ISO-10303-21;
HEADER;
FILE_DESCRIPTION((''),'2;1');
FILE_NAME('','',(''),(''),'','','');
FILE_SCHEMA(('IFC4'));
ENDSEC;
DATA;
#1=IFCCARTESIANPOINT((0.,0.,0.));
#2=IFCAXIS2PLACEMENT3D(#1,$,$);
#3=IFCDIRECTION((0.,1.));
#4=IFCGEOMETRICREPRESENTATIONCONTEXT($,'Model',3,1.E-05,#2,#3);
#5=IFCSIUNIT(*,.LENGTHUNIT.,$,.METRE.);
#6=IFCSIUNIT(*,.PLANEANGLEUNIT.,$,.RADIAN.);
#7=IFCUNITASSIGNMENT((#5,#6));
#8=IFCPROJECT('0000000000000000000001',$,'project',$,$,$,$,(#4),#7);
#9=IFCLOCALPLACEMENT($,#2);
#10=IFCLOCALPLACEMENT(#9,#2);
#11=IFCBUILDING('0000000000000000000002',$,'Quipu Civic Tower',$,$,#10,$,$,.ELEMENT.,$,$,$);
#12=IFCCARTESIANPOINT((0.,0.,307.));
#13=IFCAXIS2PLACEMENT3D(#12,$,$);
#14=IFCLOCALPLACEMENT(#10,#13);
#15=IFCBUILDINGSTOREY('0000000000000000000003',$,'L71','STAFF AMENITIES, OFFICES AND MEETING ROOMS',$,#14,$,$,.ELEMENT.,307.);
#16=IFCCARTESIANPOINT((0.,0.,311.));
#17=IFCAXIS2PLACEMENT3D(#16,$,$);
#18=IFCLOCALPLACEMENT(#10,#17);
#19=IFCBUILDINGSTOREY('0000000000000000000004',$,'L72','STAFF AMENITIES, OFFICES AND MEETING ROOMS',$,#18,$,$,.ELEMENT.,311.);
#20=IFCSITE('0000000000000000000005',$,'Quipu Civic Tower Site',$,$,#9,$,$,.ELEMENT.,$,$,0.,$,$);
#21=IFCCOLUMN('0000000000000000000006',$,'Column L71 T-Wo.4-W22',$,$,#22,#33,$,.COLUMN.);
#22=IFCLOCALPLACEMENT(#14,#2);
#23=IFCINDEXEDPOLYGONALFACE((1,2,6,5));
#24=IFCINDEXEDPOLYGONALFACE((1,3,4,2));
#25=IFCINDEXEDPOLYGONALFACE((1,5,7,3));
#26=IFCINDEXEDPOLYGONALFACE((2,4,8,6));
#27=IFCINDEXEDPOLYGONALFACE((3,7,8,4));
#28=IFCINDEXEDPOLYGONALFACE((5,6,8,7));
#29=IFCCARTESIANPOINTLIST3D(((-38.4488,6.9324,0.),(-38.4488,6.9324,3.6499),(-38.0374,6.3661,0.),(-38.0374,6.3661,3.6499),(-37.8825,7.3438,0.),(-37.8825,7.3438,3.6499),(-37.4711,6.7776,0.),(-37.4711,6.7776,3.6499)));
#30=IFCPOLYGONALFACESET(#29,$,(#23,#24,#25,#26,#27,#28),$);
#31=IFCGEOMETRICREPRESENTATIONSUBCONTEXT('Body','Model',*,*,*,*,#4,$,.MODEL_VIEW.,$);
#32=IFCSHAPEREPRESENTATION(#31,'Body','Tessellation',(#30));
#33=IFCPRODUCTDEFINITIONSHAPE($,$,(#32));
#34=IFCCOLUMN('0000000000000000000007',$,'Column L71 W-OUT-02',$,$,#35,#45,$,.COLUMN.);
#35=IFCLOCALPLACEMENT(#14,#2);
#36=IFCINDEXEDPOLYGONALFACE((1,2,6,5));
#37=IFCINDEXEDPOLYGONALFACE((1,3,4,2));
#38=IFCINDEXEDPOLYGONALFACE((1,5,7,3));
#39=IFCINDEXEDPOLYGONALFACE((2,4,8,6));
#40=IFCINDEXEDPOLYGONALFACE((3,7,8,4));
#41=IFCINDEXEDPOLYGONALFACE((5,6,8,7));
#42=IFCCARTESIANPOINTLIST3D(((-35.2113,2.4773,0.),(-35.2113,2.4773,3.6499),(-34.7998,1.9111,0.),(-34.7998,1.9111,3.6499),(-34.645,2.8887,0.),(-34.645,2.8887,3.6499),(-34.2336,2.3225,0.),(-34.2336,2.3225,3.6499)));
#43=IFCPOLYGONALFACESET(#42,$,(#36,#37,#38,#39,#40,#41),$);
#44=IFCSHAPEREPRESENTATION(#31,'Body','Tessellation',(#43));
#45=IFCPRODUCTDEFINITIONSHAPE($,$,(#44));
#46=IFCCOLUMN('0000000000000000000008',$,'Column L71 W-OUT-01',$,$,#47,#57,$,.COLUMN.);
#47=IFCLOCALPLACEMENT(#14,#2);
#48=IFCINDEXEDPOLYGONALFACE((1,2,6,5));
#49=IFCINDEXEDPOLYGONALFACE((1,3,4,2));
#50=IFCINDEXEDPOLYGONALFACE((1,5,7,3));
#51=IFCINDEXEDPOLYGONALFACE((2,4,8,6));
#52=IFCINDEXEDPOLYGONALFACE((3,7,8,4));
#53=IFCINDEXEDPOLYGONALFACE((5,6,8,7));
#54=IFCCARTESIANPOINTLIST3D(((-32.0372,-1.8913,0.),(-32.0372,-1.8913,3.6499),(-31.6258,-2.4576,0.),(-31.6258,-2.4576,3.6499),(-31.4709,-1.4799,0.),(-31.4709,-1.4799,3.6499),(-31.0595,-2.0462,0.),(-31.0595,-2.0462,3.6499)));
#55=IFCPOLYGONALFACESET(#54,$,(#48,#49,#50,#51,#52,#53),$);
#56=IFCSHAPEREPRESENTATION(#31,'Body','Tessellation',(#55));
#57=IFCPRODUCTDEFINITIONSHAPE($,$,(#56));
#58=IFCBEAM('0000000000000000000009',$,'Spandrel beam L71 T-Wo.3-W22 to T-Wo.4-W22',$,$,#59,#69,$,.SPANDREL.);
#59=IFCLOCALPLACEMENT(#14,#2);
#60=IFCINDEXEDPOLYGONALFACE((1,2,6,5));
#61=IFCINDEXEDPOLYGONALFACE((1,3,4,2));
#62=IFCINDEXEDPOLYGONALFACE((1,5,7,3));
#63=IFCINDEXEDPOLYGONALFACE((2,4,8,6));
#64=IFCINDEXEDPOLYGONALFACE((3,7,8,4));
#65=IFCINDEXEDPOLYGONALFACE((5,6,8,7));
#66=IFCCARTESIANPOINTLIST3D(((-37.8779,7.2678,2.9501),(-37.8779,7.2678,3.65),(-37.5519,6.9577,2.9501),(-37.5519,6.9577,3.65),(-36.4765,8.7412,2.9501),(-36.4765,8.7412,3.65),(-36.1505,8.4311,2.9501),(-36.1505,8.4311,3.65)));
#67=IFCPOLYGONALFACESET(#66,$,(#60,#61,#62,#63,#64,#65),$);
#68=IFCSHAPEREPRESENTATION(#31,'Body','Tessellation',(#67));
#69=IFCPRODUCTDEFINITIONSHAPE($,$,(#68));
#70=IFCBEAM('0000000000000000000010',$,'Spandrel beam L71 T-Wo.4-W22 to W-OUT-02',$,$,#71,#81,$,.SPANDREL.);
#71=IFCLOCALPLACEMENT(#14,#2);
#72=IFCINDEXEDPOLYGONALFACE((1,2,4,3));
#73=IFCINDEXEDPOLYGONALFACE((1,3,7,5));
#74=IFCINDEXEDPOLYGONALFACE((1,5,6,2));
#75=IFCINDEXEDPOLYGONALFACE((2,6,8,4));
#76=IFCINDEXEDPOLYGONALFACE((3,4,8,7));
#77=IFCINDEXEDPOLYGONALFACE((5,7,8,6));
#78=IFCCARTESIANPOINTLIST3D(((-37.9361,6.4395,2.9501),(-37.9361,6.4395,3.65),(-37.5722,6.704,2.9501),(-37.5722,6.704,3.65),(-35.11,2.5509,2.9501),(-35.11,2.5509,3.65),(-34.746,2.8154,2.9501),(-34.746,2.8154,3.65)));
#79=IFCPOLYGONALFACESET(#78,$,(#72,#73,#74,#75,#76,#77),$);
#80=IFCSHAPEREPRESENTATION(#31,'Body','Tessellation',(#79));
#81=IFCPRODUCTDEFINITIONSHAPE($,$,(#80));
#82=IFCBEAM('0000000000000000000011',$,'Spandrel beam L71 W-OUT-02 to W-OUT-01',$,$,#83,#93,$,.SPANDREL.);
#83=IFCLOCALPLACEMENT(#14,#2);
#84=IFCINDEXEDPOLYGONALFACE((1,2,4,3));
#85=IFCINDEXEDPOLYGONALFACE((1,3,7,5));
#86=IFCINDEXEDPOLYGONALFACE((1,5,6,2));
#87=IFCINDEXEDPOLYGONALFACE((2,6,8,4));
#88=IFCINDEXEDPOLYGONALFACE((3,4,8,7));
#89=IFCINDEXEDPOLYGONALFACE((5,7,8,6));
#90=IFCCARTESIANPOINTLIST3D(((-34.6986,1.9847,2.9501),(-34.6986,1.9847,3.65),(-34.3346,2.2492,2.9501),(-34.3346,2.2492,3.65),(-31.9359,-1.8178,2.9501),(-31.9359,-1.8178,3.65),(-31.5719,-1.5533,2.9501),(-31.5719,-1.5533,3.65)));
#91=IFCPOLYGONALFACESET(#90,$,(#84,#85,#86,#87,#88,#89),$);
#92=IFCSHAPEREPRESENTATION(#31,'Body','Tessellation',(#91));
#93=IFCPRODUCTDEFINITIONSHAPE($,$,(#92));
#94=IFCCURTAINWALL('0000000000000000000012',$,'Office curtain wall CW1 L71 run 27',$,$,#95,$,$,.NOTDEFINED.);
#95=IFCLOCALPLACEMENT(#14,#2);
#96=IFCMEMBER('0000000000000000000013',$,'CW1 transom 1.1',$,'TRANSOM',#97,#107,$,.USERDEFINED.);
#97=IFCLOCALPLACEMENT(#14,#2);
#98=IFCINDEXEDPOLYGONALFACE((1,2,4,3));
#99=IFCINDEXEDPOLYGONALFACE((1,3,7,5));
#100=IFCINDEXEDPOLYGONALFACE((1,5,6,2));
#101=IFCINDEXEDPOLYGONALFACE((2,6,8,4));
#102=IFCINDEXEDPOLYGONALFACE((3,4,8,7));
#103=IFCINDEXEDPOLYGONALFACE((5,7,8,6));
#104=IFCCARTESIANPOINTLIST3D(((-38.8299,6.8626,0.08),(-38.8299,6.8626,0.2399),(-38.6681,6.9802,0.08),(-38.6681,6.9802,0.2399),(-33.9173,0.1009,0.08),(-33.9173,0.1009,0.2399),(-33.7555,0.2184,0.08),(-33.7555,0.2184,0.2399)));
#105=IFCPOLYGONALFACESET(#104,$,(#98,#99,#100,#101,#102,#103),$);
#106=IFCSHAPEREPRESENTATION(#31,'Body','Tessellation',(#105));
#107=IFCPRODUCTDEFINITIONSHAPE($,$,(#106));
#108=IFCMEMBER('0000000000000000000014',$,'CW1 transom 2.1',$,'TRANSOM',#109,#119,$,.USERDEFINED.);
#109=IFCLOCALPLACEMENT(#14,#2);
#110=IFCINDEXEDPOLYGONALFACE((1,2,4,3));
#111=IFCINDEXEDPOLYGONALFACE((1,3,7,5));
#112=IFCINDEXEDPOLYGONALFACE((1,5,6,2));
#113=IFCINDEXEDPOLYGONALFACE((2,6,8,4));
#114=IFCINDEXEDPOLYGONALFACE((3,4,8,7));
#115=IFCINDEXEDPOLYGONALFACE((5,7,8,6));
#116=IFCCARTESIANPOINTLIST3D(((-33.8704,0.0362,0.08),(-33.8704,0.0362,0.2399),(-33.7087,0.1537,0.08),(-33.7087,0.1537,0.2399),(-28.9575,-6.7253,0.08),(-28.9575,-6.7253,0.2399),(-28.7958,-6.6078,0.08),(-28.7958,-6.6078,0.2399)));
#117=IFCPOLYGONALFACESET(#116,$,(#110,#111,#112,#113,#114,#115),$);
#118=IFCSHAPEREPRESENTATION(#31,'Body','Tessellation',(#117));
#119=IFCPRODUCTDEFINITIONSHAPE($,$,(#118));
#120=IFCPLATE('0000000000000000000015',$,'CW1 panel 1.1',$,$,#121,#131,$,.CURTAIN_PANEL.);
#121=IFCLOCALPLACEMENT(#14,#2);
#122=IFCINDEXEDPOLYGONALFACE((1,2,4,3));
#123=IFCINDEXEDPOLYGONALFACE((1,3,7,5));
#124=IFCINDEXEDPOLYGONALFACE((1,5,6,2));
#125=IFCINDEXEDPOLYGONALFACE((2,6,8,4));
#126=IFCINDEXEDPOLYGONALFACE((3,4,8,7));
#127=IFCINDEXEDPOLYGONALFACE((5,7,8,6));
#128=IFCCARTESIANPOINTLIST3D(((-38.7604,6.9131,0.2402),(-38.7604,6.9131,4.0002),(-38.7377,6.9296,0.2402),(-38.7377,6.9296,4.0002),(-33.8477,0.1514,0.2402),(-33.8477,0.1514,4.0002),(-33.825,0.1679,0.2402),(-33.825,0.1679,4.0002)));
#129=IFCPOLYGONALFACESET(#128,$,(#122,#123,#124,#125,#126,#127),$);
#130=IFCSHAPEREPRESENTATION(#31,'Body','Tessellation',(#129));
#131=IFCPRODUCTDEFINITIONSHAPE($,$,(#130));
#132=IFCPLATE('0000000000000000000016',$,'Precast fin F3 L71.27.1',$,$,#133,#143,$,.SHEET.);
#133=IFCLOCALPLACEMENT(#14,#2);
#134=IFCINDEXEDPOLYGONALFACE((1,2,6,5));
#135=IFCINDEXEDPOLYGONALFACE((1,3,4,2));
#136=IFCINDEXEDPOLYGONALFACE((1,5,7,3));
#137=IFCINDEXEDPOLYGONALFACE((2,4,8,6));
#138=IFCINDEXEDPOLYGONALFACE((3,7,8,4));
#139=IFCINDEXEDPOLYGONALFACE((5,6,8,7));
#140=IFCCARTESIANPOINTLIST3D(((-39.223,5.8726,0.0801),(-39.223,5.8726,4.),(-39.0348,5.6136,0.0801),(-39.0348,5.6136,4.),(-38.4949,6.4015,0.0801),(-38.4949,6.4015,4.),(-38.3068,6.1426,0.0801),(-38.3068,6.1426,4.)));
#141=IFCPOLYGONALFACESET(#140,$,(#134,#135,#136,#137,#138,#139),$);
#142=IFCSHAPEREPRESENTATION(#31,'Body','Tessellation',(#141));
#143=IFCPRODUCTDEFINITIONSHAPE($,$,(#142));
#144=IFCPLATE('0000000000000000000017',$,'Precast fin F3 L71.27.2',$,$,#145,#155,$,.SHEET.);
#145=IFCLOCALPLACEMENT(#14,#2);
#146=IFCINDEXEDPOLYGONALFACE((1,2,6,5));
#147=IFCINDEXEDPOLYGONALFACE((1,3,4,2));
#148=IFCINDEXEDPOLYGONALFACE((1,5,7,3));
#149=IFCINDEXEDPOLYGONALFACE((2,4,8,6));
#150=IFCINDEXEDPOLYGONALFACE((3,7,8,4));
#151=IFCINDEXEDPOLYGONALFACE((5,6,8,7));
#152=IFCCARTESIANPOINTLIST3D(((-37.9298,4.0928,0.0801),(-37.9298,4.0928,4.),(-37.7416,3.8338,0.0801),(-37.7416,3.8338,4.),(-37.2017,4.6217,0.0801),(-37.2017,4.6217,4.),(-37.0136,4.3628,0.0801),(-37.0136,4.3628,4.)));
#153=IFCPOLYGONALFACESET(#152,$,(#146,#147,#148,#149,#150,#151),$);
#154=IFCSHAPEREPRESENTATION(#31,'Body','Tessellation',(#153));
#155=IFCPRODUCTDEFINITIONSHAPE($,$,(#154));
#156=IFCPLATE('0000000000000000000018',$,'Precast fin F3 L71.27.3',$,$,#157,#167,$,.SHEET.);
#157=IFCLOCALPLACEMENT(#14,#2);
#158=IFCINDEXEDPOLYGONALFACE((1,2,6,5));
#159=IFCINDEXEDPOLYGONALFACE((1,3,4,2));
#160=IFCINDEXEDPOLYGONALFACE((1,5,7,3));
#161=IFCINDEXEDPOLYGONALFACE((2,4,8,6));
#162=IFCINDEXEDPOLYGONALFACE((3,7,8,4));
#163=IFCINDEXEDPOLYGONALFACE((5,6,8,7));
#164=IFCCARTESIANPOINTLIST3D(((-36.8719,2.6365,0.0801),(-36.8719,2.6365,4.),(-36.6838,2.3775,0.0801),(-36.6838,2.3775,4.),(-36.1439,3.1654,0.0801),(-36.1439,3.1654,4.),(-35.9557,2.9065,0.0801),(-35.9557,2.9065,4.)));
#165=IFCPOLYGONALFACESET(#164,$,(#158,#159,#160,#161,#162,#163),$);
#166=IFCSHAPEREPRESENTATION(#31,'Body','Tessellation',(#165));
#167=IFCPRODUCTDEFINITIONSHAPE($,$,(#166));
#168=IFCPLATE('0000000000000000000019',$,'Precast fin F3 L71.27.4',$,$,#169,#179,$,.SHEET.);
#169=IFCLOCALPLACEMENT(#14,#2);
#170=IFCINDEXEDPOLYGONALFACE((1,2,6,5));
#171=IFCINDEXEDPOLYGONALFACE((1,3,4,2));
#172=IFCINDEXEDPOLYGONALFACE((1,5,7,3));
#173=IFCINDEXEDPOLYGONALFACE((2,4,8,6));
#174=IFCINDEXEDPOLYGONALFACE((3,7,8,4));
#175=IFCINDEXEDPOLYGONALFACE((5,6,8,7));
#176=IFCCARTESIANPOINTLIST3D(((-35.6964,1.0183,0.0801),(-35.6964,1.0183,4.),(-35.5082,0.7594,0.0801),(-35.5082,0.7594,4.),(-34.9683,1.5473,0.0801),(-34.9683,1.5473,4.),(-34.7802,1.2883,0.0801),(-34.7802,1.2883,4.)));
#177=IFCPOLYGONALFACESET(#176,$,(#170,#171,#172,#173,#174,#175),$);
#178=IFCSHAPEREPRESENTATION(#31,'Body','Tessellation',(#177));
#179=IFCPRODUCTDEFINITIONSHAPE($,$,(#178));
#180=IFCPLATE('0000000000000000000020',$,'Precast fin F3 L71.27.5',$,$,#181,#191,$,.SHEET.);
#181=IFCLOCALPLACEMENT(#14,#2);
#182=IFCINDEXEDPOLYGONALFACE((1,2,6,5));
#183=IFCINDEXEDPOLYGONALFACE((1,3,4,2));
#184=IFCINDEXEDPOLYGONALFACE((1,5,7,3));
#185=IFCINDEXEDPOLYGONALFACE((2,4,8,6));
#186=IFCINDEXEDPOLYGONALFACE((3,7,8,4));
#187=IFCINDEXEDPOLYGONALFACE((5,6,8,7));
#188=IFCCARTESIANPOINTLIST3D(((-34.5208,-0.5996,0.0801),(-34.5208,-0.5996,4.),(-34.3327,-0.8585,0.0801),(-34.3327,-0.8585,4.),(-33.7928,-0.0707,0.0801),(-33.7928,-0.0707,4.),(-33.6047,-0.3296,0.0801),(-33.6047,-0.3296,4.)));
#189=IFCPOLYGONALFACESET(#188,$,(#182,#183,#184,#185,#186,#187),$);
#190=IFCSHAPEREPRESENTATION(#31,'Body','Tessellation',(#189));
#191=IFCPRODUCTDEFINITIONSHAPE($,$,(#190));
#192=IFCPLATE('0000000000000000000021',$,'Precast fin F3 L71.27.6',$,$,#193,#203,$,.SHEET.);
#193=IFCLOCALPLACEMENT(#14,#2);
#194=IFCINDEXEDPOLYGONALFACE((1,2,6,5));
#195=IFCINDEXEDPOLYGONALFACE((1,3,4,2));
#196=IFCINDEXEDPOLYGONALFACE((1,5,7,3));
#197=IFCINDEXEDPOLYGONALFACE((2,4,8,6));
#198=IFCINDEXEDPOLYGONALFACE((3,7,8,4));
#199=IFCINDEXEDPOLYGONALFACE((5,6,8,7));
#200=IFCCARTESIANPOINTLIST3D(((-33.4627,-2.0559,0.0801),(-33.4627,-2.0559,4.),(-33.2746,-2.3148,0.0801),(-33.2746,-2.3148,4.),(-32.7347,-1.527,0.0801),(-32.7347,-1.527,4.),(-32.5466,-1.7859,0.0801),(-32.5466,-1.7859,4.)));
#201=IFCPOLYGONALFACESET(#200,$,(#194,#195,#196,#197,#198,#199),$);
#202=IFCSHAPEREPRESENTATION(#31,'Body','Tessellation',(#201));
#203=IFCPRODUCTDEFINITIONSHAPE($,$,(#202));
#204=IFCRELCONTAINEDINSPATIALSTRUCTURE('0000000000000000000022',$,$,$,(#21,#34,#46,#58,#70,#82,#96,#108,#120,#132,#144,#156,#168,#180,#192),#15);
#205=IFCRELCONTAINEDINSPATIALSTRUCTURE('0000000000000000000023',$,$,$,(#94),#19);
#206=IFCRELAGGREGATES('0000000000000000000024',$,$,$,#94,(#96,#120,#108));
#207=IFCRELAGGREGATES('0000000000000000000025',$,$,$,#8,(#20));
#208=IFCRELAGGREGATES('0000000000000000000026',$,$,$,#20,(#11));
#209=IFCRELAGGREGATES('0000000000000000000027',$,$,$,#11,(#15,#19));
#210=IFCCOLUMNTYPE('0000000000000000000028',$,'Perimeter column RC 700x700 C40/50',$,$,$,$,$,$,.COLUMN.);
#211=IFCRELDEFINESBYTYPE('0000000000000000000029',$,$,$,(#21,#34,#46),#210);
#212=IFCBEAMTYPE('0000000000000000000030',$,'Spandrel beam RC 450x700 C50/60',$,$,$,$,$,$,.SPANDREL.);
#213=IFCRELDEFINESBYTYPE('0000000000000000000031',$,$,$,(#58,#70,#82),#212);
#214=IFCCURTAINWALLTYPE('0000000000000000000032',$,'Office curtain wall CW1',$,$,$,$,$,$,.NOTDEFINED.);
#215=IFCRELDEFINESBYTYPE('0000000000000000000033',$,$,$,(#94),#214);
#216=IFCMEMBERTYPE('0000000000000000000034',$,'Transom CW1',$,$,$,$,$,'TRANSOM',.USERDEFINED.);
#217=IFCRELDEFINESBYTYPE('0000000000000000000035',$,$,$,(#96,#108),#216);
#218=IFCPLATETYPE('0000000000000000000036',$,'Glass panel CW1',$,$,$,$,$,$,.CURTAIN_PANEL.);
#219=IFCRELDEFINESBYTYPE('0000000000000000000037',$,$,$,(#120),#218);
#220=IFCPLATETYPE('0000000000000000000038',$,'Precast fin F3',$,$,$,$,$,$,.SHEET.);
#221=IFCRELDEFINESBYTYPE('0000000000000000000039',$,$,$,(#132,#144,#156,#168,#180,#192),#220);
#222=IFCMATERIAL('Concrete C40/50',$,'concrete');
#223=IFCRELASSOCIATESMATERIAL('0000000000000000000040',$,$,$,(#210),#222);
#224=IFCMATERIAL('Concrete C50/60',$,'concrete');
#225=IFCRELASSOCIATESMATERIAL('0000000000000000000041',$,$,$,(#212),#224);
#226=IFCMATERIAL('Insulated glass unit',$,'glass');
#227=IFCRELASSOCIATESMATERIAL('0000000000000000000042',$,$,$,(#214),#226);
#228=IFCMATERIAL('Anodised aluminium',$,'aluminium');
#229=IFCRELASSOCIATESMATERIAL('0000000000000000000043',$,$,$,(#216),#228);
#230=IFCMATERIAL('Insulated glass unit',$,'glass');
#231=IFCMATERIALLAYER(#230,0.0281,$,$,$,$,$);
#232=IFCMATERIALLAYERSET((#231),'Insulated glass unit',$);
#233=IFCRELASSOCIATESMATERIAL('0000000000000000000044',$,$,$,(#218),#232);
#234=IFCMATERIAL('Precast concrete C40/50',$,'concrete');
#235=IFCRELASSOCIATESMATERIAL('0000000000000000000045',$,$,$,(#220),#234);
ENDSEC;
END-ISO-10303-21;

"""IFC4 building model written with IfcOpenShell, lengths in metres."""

from ifc_helpers import new_model, si_unit, direction, frame, origin, origin_2d, place, context, subcontext, project, spatial, rectangle, extrude, material, layer, layer_set, material_profile, profile_set, type_object, element, aggregate, save


model = new_model("IFC4")

# Units and contexts
model_context = context("Model", 3, precision=1e-05, world=origin(), true_north=direction((0.0, 1.0)))
body_context = subcontext(model_context, "Body", "Model", "MODEL_VIEW")
ifc_project = project(units=[si_unit("LENGTHUNIT", "METRE"), si_unit("PLANEANGLEUNIT", "RADIAN")], contexts=[model_context])

# Site, building, storey
site_placement = place(None, origin())
site = spatial("IfcSite", under=ifc_project, at=site_placement, Name="Quipu Civic Tower Site", CompositionType="ELEMENT", RefElevation=0.0)
building_placement = place(site_placement, origin())
building = spatial("IfcBuilding", under=site, at=building_placement, Name="Quipu Civic Tower", CompositionType="ELEMENT")
storey_1_placement = place(building_placement, frame((0.0, 0.0, 307.0)))
storey_1 = spatial("IfcBuildingStorey", under=building, at=storey_1_placement, Name="L71", Description="STAFF AMENITIES, OFFICES AND MEETING ROOMS", CompositionType="ELEMENT", Elevation=307.0)

# Columns
ifc_material_1 = material(Name="Concrete C40/50", Category="concrete")
ifc_material_profile_1 = material_profile(ifc_material_1, rectangle(XDim=0.7, YDim=0.7, at=origin_2d()), Name="RC700x700")
ifc_profile_set_1 = profile_set([ifc_material_profile_1], Name="Concrete C40/50")
column_type = type_object("IfcColumnType", Name="Perimeter column RC 700x700 C40/50", PredefinedType="COLUMN", material=ifc_profile_set_1)
for number, where, z_axis, x_axis, name in (
    (1, (-37.96, 6.855, 0.0), (0.0, 0.0, 1.0), (0.587785, -0.809017, 0.0), "Column L71 T-Wo.4-W22"),
    (2, (-34.7224, 2.3999, 0.0), (0.0, 0.0, 1.0), (0.587785, -0.809017, 0.0), "Column L71 W-OUT-02"),
    (3, (-31.5483, -1.9688, 0.0), (0.0, 0.0, 1.0), (0.587785, -0.809017, 0.0), "Column L71 W-OUT-01"),
):
    element("IfcColumn", number, at=place(storey_1_placement, frame(where, z_axis=z_axis, x_axis=x_axis)), inside=storey_1, type_object=column_type, Name=name, PredefinedType="COLUMN", context=body_context, shape_type="SweptSolid", body=[
        extrude(rectangle(XDim=0.7, YDim=0.7, at=origin_2d()), origin(), (0.0, 0.0, 1.0), 3.6499),
    ])

# Beams
ifc_material_2 = material(Name="Concrete C50/60", Category="concrete")
ifc_material_profile_2 = material_profile(ifc_material_2, rectangle(XDim=0.45, YDim=0.7, at=origin_2d()), Name="RC450x700")
ifc_profile_set_2 = profile_set([ifc_material_profile_2], Name="Concrete C50/60")
beam_type = type_object("IfcBeamType", Name="Spandrel beam RC 450x700 C50/60", PredefinedType="SPANDREL", material=ifc_profile_set_2)
beam_1_placement = place(storey_1_placement, frame((-36.3135, 8.5862, 3.3), z_axis=(-0.689175, -0.724595, 0.0), x_axis=(0.724595, -0.689175, 0.0)))
element("IfcBeam", 4, at=beam_1_placement, inside=storey_1, type_object=beam_type, Name="Spandrel beam L71 T-Wo.3-W22 to T-Wo.4-W22", PredefinedType="SPANDREL", context=body_context, shape_type="SweptSolid", body=[
    extrude(rectangle(XDim=0.45, YDim=0.7, at=origin_2d()), origin(), (0.0, 0.0, 1.0), 2.0334),
])
beam_2_placement = place(storey_1_placement, frame((-37.7542, 6.5718, 3.3), z_axis=(0.587906, -0.808929, 0.0), x_axis=(0.808929, 0.587906, 0.0)))
element("IfcBeam", 5, at=beam_2_placement, inside=storey_1, type_object=beam_type, Name="Spandrel beam L71 T-Wo.4-W22 to W-OUT-02", PredefinedType="SPANDREL", context=body_context, shape_type="SweptSolid", body=[
    extrude(rectangle(XDim=0.45, YDim=0.7, at=origin_2d()), origin(), (0.0, 0.0, 1.0), 4.8071),
])
beam_3_placement = place(storey_1_placement, frame((-34.5166, 2.1169, 3.3), z_axis=(0.587789, -0.809015, 0.0), x_axis=(0.809015, 0.587789, 0.0)))
element("IfcBeam", 6, at=beam_3_placement, inside=storey_1, type_object=beam_type, Name="Spandrel beam L71 W-OUT-02 to W-OUT-01", PredefinedType="SPANDREL", context=body_context, shape_type="SweptSolid", body=[
    extrude(rectangle(XDim=0.45, YDim=0.7, at=origin_2d()), origin(), (0.0, 0.0, 1.0), 4.7002),
])

# Shared definitions
storey_2_placement = place(building_placement, frame((0.0, 0.0, 311.0)))
storey_2 = spatial("IfcBuildingStorey", under=building, at=storey_2_placement, Name="L72", Description="STAFF AMENITIES, OFFICES AND MEETING ROOMS", CompositionType="ELEMENT", Elevation=311.0)

# Curtain wall, members, plate
ifc_material_3 = material(Name="Insulated glass unit", Category="glass")
curtain_wall_type = type_object("IfcCurtainWallType", Name="Office curtain wall CW1", PredefinedType="NOTDEFINED", material=ifc_material_3)
curtain_wall_placement = place(storey_2_placement, origin())
curtain_wall = element("IfcCurtainWall", 7, at=curtain_wall_placement, inside=storey_2, type_object=curtain_wall_type, Name="Office curtain wall CW1 L71 run 27", PredefinedType="NOTDEFINED")
ifc_material_4 = material(Name="Anodised aluminium", Category="aluminium")
ifc_material_profile_3 = material_profile(ifc_material_4, rectangle(XDim=0.2, YDim=0.1599, at=origin_2d()), Name="RECT 200x160")
ifc_profile_set_3 = profile_set([ifc_material_profile_3], Name="Anodised aluminium")
member_type = type_object("IfcMemberType", Name="Transom CW1", ElementType="TRANSOM", PredefinedType="USERDEFINED", material=ifc_profile_set_3)
member_1_placement = place(storey_1_placement, frame((-38.749, 6.9214, 0.1599), z_axis=(0.587779, -0.809021, 0.0), x_axis=(0.809021, 0.587779, 0.0)))
member_1 = element("IfcMember", 8, at=member_1_placement, inside=storey_1, type_object=member_type, Name="CW1 transom 1.1", ObjectType="TRANSOM", PredefinedType="USERDEFINED", context=body_context, shape_type="SweptSolid", body=[
    extrude(rectangle(XDim=0.2, YDim=0.1599, at=origin_2d()), origin(), (0.0, 0.0, 1.0), 8.3579),
])
member_2_placement = place(storey_1_placement, frame((-33.7896, 0.095, 0.1599), z_axis=(0.587812, -0.808997, 0.0), x_axis=(0.808997, 0.587812, 0.0)))
member_2 = element("IfcMember", 9, at=member_2_placement, inside=storey_1, type_object=member_type, Name="CW1 transom 2.1", ObjectType="TRANSOM", PredefinedType="USERDEFINED", context=body_context, shape_type="SweptSolid", body=[
    extrude(rectangle(XDim=0.2, YDim=0.1599, at=origin_2d()), origin(), (0.0, 0.0, 1.0), 8.3579),
])
ifc_material_5 = material(Name="Insulated glass unit", Category="glass")
ifc_layer_1 = layer(ifc_material_5, 0.0281)
ifc_layer_set_1 = layer_set([ifc_layer_1], Name="Insulated glass unit")
plate_type_1 = type_object("IfcPlateType", Name="Glass panel CW1", PredefinedType="CURTAIN_PANEL", material=ifc_layer_set_1)
plate_placement = place(storey_1_placement, frame((-36.2927, 3.5405, 0.2402), z_axis=(0.0, 0.0, 1.0), x_axis=(0.587786, -0.809016, 0.0)))
plate = element("IfcPlate", 10, at=plate_placement, inside=storey_1, type_object=plate_type_1, Name="CW1 panel 1.1", PredefinedType="CURTAIN_PANEL", context=body_context, shape_type="SweptSolid", body=[
    extrude(rectangle(XDim=8.3579, YDim=0.0281, at=origin_2d()), origin(), (0.0, 0.0, 1.0), 3.76),
])
aggregate(curtain_wall, [member_1, plate, member_2])

# Plates
ifc_material_6 = material(Name="Precast concrete C40/50", Category="concrete")
plate_type_2 = type_object("IfcPlateType", Name="Precast fin F3", PredefinedType="SHEET", material=ifc_material_6)
for number, where, z_axis, x_axis, name in (
    (11, (-38.7649, 6.0076, 0.0801), (0.0, 0.0, 1.0), (0.587787, -0.809016, 0.0), "Precast fin F3 L71.27.1"),
    (12, (-37.4717, 4.2278, 0.0801), (0.0, 0.0, 1.0), (0.587787, -0.809016, 0.0), "Precast fin F3 L71.27.2"),
    (13, (-36.4138, 2.7715, 0.0801), (0.0, 0.0, 1.0), (0.587787, -0.809016, 0.0), "Precast fin F3 L71.27.3"),
    (14, (-35.2383, 1.1533, 0.0801), (0.0, 0.0, 1.0), (0.587787, -0.809016, 0.0), "Precast fin F3 L71.27.4"),
    (15, (-34.0627, -0.4646, 0.0801), (0.0, 0.0, 1.0), (0.587787, -0.809016, 0.0), "Precast fin F3 L71.27.5"),
    (16, (-33.0046, -1.9209, 0.0801), (0.0, 0.0, 1.0), (0.587787, -0.809016, 0.0), "Precast fin F3 L71.27.6"),
):
    element("IfcPlate", number, at=place(storey_1_placement, frame(where, z_axis=z_axis, x_axis=x_axis)), inside=storey_1, type_object=plate_type_2, Name=name, PredefinedType="SHEET", context=body_context, shape_type="SweptSolid", body=[
        extrude(rectangle(XDim=0.3201, YDim=0.8999, at=origin_2d()), origin(), (0.0, 0.0, 1.0), 3.9199),
    ])

save(model, "model.ifc")
